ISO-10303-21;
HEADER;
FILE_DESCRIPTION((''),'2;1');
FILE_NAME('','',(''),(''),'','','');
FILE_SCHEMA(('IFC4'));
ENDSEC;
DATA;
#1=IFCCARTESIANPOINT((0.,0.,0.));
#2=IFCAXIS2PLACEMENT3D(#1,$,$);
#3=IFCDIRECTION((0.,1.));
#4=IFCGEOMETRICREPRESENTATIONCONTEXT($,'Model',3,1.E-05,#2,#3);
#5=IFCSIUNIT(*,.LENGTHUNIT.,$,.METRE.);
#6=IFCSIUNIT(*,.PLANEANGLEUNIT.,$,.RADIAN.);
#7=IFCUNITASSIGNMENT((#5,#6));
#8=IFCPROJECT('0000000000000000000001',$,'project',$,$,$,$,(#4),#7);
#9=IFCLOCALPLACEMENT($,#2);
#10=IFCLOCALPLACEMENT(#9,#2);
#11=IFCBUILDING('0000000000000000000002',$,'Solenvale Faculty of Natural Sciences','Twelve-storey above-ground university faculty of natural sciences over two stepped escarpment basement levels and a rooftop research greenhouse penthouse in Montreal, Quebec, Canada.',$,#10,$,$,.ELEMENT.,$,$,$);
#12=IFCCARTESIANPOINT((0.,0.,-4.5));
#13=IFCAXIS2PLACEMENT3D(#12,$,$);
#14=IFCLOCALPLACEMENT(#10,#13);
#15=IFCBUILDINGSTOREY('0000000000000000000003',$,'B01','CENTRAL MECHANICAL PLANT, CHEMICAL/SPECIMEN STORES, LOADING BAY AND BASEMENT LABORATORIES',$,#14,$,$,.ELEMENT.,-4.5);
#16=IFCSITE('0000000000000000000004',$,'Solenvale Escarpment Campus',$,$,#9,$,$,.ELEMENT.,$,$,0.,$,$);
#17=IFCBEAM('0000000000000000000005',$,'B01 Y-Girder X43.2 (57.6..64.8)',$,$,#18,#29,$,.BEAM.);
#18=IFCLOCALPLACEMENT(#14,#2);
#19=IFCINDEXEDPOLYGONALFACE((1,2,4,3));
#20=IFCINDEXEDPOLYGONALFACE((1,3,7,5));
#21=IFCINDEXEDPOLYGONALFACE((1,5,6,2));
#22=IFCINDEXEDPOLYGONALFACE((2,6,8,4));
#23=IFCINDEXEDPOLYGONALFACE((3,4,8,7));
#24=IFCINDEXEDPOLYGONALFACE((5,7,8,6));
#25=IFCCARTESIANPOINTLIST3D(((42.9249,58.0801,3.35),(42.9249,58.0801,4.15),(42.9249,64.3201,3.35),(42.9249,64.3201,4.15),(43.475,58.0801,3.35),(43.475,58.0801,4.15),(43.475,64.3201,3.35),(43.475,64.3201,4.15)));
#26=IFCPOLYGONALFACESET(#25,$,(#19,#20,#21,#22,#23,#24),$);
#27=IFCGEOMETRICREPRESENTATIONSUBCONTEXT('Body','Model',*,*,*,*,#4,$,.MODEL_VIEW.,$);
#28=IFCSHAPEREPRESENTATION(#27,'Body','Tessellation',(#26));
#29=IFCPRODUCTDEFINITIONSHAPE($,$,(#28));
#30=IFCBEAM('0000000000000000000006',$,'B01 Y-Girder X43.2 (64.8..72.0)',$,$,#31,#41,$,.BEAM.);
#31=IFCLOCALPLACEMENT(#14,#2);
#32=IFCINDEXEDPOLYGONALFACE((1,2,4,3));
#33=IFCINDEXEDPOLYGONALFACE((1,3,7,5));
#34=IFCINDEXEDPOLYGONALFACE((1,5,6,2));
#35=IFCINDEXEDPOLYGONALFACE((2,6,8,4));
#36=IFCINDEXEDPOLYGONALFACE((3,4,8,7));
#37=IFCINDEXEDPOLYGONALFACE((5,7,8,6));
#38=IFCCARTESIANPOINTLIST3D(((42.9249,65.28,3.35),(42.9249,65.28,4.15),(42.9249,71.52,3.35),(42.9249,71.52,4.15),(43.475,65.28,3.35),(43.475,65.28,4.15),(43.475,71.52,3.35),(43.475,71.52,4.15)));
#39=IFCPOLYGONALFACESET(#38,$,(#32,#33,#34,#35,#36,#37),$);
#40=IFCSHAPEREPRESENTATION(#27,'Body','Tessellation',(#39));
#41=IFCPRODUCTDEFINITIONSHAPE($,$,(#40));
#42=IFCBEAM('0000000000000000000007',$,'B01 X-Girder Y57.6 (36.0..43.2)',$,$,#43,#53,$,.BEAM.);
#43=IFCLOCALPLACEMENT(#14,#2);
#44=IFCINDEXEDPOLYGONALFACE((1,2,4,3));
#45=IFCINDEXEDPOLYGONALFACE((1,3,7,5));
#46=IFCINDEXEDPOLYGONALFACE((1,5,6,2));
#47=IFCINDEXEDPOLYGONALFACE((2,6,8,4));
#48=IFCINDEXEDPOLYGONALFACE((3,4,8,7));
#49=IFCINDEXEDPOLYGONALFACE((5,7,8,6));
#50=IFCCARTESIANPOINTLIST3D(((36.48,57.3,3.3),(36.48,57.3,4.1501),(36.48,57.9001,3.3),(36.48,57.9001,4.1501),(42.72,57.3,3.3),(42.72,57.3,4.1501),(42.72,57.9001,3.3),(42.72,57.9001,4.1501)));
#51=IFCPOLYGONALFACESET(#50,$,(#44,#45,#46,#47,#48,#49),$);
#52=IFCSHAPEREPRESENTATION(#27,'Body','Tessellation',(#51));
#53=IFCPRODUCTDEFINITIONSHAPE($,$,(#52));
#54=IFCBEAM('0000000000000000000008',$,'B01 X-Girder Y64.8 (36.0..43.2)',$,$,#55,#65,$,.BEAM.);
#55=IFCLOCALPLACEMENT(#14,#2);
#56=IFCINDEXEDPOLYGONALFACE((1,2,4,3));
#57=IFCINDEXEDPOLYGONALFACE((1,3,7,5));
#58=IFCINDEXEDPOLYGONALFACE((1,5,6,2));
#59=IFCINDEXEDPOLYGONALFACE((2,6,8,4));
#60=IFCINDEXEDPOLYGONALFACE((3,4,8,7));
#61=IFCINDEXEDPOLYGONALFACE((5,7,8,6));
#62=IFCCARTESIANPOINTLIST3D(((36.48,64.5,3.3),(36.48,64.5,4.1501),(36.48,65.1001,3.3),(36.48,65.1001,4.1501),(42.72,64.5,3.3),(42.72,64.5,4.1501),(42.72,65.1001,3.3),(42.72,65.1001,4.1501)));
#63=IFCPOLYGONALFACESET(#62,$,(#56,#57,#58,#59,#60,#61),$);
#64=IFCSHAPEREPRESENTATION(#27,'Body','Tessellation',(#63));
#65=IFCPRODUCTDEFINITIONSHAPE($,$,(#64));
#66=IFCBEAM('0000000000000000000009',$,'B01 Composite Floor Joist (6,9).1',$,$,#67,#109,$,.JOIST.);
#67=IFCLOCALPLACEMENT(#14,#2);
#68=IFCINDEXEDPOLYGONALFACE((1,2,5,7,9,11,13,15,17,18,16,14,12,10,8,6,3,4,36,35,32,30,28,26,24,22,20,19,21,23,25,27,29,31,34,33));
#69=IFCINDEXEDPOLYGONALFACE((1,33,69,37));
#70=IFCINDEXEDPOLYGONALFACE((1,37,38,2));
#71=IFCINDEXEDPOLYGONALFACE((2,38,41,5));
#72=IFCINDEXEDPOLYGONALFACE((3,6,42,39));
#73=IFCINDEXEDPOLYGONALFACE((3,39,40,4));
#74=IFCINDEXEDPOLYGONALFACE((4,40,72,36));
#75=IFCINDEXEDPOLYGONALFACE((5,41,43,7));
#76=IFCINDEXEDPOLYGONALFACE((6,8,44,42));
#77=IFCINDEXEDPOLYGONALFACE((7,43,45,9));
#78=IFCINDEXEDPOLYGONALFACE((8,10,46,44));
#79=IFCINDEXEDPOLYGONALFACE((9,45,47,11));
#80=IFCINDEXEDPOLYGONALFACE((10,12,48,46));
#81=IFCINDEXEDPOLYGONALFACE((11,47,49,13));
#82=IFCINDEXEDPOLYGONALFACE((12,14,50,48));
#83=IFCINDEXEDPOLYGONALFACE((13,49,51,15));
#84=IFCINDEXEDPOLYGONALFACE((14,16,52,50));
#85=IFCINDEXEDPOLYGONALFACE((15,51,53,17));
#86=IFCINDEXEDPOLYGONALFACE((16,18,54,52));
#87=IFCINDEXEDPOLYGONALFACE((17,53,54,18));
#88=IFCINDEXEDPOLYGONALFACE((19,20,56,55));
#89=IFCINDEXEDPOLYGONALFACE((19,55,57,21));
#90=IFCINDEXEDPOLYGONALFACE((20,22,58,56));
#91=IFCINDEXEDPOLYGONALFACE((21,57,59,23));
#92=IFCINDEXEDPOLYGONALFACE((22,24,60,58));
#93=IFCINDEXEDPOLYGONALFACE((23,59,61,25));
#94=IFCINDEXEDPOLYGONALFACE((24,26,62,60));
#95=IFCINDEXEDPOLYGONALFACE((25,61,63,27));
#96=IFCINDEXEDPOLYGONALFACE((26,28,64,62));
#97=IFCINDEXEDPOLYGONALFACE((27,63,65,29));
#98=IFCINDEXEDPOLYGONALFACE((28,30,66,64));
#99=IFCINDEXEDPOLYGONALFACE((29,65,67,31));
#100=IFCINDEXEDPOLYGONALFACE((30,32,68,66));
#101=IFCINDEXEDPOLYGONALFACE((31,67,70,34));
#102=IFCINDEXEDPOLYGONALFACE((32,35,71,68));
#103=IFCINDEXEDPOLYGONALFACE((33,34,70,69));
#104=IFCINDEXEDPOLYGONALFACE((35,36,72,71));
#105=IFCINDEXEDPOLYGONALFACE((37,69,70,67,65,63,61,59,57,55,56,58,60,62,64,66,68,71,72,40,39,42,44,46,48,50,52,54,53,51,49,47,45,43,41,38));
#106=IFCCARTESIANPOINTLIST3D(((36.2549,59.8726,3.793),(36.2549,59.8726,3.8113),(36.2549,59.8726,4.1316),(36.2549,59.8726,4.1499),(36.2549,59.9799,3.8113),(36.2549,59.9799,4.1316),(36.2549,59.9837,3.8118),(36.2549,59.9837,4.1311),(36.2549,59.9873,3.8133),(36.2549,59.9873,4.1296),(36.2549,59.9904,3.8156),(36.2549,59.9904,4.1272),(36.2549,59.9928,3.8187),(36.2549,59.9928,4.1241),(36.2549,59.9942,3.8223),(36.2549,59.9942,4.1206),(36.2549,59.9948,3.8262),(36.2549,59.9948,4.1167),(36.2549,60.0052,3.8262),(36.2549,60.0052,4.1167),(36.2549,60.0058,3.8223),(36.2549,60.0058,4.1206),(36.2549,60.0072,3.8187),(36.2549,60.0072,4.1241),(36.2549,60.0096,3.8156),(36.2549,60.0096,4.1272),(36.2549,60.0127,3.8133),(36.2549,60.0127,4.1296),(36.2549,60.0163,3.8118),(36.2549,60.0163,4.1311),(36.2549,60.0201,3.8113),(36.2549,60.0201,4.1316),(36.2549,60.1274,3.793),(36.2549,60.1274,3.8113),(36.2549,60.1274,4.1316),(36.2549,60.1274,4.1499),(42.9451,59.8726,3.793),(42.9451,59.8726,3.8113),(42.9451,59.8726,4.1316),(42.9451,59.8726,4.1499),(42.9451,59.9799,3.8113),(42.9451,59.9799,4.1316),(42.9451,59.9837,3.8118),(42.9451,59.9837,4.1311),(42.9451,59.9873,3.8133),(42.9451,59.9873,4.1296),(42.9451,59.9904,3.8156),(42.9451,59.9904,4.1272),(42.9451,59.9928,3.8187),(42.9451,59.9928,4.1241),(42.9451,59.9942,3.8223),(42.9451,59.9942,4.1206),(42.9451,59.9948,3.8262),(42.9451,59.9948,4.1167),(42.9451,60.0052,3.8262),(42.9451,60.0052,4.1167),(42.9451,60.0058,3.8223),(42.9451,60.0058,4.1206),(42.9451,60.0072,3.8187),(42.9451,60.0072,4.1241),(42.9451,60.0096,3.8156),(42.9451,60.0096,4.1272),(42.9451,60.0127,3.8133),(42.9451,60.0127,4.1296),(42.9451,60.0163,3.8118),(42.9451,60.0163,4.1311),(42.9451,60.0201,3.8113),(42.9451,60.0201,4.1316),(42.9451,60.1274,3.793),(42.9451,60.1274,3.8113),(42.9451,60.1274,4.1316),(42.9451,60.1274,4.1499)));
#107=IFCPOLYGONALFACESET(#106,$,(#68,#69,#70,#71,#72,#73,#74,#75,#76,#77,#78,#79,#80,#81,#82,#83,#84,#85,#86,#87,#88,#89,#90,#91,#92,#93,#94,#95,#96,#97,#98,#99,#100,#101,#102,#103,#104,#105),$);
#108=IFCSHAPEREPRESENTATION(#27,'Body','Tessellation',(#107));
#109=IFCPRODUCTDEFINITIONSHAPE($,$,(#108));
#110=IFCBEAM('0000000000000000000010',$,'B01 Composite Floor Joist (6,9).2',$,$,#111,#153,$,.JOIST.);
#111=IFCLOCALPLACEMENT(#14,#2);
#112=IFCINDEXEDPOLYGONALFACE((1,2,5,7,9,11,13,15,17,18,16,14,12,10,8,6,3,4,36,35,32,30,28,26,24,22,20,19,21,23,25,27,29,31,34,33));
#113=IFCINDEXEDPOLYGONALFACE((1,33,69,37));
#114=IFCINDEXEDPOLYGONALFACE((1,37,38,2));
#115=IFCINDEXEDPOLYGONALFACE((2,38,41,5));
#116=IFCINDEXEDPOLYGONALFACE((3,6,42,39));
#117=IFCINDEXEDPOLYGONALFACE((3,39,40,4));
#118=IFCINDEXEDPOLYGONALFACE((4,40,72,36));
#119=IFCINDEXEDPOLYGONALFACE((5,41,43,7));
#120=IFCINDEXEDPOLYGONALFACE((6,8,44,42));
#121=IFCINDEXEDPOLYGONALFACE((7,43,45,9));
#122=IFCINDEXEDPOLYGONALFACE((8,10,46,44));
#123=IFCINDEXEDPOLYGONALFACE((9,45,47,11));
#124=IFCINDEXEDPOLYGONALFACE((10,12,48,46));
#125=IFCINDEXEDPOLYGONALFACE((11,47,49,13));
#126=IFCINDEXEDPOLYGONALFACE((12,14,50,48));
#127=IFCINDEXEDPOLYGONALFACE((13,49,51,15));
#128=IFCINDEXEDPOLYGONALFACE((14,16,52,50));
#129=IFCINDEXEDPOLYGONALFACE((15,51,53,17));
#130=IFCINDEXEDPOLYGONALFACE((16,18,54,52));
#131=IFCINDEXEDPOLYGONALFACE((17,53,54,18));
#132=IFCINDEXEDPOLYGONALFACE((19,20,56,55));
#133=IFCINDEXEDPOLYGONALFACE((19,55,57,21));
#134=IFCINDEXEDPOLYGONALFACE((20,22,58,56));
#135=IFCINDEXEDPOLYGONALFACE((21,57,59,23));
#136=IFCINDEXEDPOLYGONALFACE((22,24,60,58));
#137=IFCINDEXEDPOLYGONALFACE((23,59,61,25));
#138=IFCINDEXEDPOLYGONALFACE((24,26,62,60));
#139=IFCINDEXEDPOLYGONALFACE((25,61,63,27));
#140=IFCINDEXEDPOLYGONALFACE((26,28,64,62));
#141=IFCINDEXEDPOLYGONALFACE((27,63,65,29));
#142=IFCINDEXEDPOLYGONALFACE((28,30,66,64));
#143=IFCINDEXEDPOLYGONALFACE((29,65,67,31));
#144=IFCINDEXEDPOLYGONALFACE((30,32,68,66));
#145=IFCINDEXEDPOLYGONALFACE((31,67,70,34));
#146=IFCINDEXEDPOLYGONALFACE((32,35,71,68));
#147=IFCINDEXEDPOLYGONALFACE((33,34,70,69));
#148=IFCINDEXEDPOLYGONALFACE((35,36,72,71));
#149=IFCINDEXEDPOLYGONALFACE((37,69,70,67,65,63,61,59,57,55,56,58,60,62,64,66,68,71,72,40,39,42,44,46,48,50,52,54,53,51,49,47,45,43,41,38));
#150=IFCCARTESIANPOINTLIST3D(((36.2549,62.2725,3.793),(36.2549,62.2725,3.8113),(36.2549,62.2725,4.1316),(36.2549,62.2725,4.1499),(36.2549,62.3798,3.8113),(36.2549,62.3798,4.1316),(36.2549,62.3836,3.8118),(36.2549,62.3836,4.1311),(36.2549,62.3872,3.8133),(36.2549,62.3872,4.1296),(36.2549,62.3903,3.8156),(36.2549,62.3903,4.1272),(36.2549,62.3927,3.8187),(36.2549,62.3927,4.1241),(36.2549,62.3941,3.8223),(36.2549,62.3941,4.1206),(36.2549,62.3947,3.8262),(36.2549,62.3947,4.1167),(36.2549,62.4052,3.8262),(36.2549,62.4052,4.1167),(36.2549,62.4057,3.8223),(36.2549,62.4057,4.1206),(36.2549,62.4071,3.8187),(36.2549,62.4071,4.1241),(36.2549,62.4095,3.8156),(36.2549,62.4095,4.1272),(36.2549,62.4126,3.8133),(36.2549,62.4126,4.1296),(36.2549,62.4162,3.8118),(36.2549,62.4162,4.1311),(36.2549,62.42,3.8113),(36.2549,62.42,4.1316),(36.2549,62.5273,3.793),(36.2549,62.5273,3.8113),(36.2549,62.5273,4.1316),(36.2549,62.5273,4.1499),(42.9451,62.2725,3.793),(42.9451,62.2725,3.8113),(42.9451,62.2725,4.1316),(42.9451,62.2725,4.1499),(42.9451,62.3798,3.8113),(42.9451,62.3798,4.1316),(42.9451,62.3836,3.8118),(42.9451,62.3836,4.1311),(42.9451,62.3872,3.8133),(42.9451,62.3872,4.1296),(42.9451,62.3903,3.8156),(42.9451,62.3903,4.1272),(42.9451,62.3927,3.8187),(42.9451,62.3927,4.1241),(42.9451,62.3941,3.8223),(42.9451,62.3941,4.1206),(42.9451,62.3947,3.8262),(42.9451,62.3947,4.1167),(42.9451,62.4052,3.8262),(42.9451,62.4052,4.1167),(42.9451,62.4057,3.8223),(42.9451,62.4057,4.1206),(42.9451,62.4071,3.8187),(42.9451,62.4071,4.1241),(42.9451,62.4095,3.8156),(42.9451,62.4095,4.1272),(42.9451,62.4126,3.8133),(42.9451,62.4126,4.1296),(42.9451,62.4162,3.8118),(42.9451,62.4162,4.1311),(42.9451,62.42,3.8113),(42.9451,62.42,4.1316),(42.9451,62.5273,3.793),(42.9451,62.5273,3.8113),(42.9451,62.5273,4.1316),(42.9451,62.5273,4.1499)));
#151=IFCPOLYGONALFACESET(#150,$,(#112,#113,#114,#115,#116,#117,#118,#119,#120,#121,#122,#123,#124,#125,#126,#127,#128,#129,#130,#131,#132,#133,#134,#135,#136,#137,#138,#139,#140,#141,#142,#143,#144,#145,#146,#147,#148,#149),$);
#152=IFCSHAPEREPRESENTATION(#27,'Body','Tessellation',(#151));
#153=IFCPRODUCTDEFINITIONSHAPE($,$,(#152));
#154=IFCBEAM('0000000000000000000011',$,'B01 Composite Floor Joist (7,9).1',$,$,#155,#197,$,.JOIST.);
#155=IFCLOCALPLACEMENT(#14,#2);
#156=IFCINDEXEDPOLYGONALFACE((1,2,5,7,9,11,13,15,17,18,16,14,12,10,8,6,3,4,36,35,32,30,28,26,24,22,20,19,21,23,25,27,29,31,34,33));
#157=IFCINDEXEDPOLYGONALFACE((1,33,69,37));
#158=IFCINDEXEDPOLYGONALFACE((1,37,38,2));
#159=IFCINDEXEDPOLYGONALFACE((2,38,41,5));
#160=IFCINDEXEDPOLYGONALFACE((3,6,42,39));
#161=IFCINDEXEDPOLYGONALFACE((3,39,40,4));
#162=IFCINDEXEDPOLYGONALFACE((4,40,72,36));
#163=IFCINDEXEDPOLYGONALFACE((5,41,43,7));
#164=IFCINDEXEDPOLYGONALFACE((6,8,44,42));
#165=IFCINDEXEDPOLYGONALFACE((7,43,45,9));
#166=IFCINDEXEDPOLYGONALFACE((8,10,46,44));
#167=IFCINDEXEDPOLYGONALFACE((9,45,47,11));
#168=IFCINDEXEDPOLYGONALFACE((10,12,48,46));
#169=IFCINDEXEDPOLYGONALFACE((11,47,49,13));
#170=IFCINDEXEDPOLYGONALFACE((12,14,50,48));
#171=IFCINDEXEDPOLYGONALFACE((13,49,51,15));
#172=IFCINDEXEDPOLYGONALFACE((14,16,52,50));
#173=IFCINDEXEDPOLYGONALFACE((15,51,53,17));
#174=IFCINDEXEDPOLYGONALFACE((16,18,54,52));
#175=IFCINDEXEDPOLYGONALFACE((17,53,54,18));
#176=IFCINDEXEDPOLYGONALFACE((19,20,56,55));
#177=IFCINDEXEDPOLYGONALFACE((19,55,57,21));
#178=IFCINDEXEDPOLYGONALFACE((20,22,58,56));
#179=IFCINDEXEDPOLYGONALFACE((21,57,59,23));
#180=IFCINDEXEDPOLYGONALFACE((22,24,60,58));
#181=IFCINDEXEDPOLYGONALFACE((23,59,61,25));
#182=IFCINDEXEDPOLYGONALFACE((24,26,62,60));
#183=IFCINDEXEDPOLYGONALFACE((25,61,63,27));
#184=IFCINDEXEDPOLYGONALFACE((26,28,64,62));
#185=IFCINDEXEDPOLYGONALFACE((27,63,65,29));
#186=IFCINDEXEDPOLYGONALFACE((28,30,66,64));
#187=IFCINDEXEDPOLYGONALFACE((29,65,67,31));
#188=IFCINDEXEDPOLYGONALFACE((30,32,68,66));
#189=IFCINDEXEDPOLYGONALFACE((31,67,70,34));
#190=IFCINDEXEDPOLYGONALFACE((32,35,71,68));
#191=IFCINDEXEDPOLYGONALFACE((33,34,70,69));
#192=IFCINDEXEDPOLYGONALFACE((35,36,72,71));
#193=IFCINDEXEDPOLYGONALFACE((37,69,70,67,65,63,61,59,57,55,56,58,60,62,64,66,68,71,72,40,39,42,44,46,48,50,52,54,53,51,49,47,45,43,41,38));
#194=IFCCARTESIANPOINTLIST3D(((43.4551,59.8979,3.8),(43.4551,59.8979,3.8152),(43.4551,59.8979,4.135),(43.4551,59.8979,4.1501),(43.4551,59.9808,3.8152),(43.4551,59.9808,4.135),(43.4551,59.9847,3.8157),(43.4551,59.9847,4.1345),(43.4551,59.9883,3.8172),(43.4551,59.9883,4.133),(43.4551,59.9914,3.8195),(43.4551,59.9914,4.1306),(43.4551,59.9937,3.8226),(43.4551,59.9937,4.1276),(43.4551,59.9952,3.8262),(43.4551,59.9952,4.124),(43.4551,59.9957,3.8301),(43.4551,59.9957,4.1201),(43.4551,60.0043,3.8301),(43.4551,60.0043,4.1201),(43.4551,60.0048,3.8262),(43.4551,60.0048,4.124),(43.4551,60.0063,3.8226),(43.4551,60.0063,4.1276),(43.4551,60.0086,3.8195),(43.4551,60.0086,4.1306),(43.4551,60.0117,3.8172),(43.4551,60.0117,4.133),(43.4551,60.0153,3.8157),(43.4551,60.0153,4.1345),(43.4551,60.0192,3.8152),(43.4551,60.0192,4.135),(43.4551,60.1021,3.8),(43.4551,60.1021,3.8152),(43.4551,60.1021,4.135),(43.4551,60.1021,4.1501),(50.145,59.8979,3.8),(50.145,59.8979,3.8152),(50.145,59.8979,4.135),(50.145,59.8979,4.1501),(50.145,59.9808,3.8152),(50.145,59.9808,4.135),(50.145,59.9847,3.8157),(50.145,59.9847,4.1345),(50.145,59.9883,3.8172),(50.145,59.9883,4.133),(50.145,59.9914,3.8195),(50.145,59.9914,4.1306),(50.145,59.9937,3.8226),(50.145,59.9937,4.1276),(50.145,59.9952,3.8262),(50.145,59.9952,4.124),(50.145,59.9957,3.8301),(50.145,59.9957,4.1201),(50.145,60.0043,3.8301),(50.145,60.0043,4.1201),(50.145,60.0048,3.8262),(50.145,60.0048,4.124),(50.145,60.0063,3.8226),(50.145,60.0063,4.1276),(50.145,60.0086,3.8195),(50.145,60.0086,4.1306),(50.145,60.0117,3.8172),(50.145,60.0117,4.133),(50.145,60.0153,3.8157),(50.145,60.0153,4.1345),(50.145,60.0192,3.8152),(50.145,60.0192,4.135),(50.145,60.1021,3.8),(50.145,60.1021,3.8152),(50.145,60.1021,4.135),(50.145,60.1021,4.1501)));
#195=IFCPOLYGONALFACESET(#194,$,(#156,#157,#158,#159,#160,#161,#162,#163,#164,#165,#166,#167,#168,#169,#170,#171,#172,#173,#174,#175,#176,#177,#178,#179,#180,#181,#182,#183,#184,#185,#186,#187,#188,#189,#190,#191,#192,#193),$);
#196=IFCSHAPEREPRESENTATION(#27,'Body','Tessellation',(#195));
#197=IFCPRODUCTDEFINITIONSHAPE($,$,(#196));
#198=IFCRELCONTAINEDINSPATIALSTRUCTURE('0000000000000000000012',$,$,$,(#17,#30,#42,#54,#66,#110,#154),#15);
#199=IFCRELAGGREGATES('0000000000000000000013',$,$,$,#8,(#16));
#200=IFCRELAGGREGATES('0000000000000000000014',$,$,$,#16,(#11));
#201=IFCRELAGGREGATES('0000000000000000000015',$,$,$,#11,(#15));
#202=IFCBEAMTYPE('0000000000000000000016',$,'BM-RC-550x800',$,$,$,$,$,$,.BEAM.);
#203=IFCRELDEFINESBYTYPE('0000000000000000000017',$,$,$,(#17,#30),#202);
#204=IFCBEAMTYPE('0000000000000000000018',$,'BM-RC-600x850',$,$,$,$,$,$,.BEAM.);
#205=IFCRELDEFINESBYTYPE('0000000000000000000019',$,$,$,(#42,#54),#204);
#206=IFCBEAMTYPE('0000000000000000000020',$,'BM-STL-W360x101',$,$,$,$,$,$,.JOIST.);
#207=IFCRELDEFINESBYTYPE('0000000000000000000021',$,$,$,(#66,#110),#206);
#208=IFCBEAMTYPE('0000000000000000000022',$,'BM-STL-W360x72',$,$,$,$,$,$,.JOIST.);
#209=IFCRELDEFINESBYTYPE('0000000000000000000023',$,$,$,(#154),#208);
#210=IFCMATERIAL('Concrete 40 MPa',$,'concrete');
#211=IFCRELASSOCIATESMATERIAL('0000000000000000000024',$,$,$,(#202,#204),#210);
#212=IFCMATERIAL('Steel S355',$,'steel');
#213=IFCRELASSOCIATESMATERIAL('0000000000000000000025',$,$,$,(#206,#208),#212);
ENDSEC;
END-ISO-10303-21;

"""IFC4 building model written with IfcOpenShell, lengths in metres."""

from ifc_helpers import new_model, si_unit, direction, frame, origin, origin_2d, place, context, subcontext, project, spatial, rectangle, i_section, extrude, material, material_profile, profile_set, type_object, element, save


model = new_model("IFC4")

# Units and contexts
model_context = context("Model", 3, precision=1e-05, world=origin(), true_north=direction((0.0, 1.0)))
body_context = subcontext(model_context, "Body", "Model", "MODEL_VIEW")
ifc_project = project(units=[si_unit("LENGTHUNIT", "METRE"), si_unit("PLANEANGLEUNIT", "RADIAN")], contexts=[model_context])

# Site, building, storey
site_placement = place(None, origin())
site = spatial("IfcSite", under=ifc_project, at=site_placement, Name="Solenvale Escarpment Campus", CompositionType="ELEMENT", RefElevation=0.0)
building_placement = place(site_placement, origin())
building = spatial("IfcBuilding", under=site, at=building_placement, Name="Solenvale Faculty of Natural Sciences", Description="Twelve-storey above-ground university faculty of natural sciences over two stepped escarpment basement levels and a rooftop research greenhouse penthouse in Montreal, Quebec, Canada.", CompositionType="ELEMENT")
storey_placement = place(building_placement, frame((0.0, 0.0, -4.5)))
storey = spatial("IfcBuildingStorey", under=building, at=storey_placement, Name="B01", Description="CENTRAL MECHANICAL PLANT, CHEMICAL/SPECIMEN STORES, LOADING BAY AND BASEMENT LABORATORIES", CompositionType="ELEMENT", Elevation=-4.5)

# Shared definitions
ifc_material_1 = material(Name="Concrete 40 MPa", Category="concrete")

# Beams
ifc_material_profile_1 = material_profile(ifc_material_1, rectangle(XDim=0.55, YDim=0.8, at=origin_2d()), Name="RC-BM-550x800")
ifc_profile_set_1 = profile_set([ifc_material_profile_1], Name="Concrete 40 MPa")
beam_type_1 = type_object("IfcBeamType", Name="BM-RC-550x800", PredefinedType="BEAM", material=ifc_profile_set_1)
for number, where, z_axis, x_axis, name in (
    (1, (43.2, 58.0801, 3.75), (0.0, 1.0, 0.0), (-1.0, 0.0, 0.0), "B01 Y-Girder X43.2 (57.6..64.8)"),
    (2, (43.2, 65.28, 3.75), (0.0, 1.0, 0.0), (-1.0, 0.0, 0.0), "B01 Y-Girder X43.2 (64.8..72.0)"),
):
    element("IfcBeam", number, at=place(storey_placement, frame(where, z_axis=z_axis, x_axis=x_axis)), inside=storey, type_object=beam_type_1, Name=name, PredefinedType="BEAM", context=body_context, shape_type="SweptSolid", body=[
        extrude(rectangle(XDim=0.55, YDim=0.8, at=origin_2d()), origin(), (0.0, 0.0, 1.0), 6.24),
    ])
ifc_material_profile_2 = material_profile(ifc_material_1, rectangle(XDim=0.6001, YDim=0.8501, at=origin_2d()), Name="RC-BM-600x850")
ifc_profile_set_2 = profile_set([ifc_material_profile_2], Name="Concrete 40 MPa")
beam_type_2 = type_object("IfcBeamType", Name="BM-RC-600x850", PredefinedType="BEAM", material=ifc_profile_set_2)
for number, where, z_axis, x_axis, name in (
    (3, (36.48, 57.6001, 3.7251), (1.0, 0.0, 0.0), (0.0, 1.0, 0.0), "B01 X-Girder Y57.6 (36.0..43.2)"),
    (4, (36.48, 64.8, 3.7251), (1.0, 0.0, 0.0), (0.0, 1.0, 0.0), "B01 X-Girder Y64.8 (36.0..43.2)"),
):
    element("IfcBeam", number, at=place(storey_placement, frame(where, z_axis=z_axis, x_axis=x_axis)), inside=storey, type_object=beam_type_2, Name=name, PredefinedType="BEAM", context=body_context, shape_type="SweptSolid", body=[
        extrude(rectangle(XDim=0.6001, YDim=0.8501, at=origin_2d()), origin(), (0.0, 0.0, 1.0), 6.24),
    ])
ifc_material_2 = material(Name="Steel S355", Category="steel")
ifc_material_profile_3 = material_profile(ifc_material_2, i_section(OverallWidth=0.2549, OverallDepth=0.3569, WebThickness=0.0105, FlangeThickness=0.0183, FilletRadius=0.0149, at=origin_2d()), Name="W360x101")
ifc_profile_set_3 = profile_set([ifc_material_profile_3], Name="Steel S355")
beam_type_3 = type_object("IfcBeamType", Name="BM-STL-W360x101", PredefinedType="JOIST", material=ifc_profile_set_3)
for number, where, z_axis, x_axis, name in (
    (5, (36.2549, 60.0, 3.9714), (1.0, 0.0, 0.0), (0.0, 1.0, 0.0), "B01 Composite Floor Joist (6,9).1"),
    (6, (36.2549, 62.3999, 3.9714), (1.0, 0.0, 0.0), (0.0, 1.0, 0.0), "B01 Composite Floor Joist (6,9).2"),
):
    element("IfcBeam", number, at=place(storey_placement, frame(where, z_axis=z_axis, x_axis=x_axis)), inside=storey, type_object=beam_type_3, Name=name, PredefinedType="JOIST", context=body_context, shape_type="SweptSolid", body=[
        extrude(i_section(OverallWidth=0.2549, OverallDepth=0.3569, WebThickness=0.0105, FlangeThickness=0.0183, FilletRadius=0.0149, at=origin_2d()), origin(), (0.0, 0.0, 1.0), 6.6902),
    ])
ifc_material_profile_4 = material_profile(ifc_material_2, i_section(OverallWidth=0.2041, OverallDepth=0.3501, WebThickness=0.0085, FlangeThickness=0.0151, FilletRadius=0.0149, at=origin_2d()), Name="W360x72")
ifc_profile_set_4 = profile_set([ifc_material_profile_4], Name="Steel S355")
beam_type_4 = type_object("IfcBeamType", Name="BM-STL-W360x72", PredefinedType="JOIST", material=ifc_profile_set_4)
for number, where, z_axis, x_axis, name in (
    (7, (43.4551, 60.0, 3.9751), (1.0, 0.0, 0.0), (0.0, 1.0, 0.0), "B01 Composite Floor Joist (7,9).1"),
):
    element("IfcBeam", number, at=place(storey_placement, frame(where, z_axis=z_axis, x_axis=x_axis)), inside=storey, type_object=beam_type_4, Name=name, PredefinedType="JOIST", context=body_context, shape_type="SweptSolid", body=[
        extrude(i_section(OverallWidth=0.2041, OverallDepth=0.3501, WebThickness=0.0085, FlangeThickness=0.0151, FilletRadius=0.0149, at=origin_2d()), origin(), (0.0, 0.0, 1.0), 6.6899),
    ])

save(model, "model.ifc")
